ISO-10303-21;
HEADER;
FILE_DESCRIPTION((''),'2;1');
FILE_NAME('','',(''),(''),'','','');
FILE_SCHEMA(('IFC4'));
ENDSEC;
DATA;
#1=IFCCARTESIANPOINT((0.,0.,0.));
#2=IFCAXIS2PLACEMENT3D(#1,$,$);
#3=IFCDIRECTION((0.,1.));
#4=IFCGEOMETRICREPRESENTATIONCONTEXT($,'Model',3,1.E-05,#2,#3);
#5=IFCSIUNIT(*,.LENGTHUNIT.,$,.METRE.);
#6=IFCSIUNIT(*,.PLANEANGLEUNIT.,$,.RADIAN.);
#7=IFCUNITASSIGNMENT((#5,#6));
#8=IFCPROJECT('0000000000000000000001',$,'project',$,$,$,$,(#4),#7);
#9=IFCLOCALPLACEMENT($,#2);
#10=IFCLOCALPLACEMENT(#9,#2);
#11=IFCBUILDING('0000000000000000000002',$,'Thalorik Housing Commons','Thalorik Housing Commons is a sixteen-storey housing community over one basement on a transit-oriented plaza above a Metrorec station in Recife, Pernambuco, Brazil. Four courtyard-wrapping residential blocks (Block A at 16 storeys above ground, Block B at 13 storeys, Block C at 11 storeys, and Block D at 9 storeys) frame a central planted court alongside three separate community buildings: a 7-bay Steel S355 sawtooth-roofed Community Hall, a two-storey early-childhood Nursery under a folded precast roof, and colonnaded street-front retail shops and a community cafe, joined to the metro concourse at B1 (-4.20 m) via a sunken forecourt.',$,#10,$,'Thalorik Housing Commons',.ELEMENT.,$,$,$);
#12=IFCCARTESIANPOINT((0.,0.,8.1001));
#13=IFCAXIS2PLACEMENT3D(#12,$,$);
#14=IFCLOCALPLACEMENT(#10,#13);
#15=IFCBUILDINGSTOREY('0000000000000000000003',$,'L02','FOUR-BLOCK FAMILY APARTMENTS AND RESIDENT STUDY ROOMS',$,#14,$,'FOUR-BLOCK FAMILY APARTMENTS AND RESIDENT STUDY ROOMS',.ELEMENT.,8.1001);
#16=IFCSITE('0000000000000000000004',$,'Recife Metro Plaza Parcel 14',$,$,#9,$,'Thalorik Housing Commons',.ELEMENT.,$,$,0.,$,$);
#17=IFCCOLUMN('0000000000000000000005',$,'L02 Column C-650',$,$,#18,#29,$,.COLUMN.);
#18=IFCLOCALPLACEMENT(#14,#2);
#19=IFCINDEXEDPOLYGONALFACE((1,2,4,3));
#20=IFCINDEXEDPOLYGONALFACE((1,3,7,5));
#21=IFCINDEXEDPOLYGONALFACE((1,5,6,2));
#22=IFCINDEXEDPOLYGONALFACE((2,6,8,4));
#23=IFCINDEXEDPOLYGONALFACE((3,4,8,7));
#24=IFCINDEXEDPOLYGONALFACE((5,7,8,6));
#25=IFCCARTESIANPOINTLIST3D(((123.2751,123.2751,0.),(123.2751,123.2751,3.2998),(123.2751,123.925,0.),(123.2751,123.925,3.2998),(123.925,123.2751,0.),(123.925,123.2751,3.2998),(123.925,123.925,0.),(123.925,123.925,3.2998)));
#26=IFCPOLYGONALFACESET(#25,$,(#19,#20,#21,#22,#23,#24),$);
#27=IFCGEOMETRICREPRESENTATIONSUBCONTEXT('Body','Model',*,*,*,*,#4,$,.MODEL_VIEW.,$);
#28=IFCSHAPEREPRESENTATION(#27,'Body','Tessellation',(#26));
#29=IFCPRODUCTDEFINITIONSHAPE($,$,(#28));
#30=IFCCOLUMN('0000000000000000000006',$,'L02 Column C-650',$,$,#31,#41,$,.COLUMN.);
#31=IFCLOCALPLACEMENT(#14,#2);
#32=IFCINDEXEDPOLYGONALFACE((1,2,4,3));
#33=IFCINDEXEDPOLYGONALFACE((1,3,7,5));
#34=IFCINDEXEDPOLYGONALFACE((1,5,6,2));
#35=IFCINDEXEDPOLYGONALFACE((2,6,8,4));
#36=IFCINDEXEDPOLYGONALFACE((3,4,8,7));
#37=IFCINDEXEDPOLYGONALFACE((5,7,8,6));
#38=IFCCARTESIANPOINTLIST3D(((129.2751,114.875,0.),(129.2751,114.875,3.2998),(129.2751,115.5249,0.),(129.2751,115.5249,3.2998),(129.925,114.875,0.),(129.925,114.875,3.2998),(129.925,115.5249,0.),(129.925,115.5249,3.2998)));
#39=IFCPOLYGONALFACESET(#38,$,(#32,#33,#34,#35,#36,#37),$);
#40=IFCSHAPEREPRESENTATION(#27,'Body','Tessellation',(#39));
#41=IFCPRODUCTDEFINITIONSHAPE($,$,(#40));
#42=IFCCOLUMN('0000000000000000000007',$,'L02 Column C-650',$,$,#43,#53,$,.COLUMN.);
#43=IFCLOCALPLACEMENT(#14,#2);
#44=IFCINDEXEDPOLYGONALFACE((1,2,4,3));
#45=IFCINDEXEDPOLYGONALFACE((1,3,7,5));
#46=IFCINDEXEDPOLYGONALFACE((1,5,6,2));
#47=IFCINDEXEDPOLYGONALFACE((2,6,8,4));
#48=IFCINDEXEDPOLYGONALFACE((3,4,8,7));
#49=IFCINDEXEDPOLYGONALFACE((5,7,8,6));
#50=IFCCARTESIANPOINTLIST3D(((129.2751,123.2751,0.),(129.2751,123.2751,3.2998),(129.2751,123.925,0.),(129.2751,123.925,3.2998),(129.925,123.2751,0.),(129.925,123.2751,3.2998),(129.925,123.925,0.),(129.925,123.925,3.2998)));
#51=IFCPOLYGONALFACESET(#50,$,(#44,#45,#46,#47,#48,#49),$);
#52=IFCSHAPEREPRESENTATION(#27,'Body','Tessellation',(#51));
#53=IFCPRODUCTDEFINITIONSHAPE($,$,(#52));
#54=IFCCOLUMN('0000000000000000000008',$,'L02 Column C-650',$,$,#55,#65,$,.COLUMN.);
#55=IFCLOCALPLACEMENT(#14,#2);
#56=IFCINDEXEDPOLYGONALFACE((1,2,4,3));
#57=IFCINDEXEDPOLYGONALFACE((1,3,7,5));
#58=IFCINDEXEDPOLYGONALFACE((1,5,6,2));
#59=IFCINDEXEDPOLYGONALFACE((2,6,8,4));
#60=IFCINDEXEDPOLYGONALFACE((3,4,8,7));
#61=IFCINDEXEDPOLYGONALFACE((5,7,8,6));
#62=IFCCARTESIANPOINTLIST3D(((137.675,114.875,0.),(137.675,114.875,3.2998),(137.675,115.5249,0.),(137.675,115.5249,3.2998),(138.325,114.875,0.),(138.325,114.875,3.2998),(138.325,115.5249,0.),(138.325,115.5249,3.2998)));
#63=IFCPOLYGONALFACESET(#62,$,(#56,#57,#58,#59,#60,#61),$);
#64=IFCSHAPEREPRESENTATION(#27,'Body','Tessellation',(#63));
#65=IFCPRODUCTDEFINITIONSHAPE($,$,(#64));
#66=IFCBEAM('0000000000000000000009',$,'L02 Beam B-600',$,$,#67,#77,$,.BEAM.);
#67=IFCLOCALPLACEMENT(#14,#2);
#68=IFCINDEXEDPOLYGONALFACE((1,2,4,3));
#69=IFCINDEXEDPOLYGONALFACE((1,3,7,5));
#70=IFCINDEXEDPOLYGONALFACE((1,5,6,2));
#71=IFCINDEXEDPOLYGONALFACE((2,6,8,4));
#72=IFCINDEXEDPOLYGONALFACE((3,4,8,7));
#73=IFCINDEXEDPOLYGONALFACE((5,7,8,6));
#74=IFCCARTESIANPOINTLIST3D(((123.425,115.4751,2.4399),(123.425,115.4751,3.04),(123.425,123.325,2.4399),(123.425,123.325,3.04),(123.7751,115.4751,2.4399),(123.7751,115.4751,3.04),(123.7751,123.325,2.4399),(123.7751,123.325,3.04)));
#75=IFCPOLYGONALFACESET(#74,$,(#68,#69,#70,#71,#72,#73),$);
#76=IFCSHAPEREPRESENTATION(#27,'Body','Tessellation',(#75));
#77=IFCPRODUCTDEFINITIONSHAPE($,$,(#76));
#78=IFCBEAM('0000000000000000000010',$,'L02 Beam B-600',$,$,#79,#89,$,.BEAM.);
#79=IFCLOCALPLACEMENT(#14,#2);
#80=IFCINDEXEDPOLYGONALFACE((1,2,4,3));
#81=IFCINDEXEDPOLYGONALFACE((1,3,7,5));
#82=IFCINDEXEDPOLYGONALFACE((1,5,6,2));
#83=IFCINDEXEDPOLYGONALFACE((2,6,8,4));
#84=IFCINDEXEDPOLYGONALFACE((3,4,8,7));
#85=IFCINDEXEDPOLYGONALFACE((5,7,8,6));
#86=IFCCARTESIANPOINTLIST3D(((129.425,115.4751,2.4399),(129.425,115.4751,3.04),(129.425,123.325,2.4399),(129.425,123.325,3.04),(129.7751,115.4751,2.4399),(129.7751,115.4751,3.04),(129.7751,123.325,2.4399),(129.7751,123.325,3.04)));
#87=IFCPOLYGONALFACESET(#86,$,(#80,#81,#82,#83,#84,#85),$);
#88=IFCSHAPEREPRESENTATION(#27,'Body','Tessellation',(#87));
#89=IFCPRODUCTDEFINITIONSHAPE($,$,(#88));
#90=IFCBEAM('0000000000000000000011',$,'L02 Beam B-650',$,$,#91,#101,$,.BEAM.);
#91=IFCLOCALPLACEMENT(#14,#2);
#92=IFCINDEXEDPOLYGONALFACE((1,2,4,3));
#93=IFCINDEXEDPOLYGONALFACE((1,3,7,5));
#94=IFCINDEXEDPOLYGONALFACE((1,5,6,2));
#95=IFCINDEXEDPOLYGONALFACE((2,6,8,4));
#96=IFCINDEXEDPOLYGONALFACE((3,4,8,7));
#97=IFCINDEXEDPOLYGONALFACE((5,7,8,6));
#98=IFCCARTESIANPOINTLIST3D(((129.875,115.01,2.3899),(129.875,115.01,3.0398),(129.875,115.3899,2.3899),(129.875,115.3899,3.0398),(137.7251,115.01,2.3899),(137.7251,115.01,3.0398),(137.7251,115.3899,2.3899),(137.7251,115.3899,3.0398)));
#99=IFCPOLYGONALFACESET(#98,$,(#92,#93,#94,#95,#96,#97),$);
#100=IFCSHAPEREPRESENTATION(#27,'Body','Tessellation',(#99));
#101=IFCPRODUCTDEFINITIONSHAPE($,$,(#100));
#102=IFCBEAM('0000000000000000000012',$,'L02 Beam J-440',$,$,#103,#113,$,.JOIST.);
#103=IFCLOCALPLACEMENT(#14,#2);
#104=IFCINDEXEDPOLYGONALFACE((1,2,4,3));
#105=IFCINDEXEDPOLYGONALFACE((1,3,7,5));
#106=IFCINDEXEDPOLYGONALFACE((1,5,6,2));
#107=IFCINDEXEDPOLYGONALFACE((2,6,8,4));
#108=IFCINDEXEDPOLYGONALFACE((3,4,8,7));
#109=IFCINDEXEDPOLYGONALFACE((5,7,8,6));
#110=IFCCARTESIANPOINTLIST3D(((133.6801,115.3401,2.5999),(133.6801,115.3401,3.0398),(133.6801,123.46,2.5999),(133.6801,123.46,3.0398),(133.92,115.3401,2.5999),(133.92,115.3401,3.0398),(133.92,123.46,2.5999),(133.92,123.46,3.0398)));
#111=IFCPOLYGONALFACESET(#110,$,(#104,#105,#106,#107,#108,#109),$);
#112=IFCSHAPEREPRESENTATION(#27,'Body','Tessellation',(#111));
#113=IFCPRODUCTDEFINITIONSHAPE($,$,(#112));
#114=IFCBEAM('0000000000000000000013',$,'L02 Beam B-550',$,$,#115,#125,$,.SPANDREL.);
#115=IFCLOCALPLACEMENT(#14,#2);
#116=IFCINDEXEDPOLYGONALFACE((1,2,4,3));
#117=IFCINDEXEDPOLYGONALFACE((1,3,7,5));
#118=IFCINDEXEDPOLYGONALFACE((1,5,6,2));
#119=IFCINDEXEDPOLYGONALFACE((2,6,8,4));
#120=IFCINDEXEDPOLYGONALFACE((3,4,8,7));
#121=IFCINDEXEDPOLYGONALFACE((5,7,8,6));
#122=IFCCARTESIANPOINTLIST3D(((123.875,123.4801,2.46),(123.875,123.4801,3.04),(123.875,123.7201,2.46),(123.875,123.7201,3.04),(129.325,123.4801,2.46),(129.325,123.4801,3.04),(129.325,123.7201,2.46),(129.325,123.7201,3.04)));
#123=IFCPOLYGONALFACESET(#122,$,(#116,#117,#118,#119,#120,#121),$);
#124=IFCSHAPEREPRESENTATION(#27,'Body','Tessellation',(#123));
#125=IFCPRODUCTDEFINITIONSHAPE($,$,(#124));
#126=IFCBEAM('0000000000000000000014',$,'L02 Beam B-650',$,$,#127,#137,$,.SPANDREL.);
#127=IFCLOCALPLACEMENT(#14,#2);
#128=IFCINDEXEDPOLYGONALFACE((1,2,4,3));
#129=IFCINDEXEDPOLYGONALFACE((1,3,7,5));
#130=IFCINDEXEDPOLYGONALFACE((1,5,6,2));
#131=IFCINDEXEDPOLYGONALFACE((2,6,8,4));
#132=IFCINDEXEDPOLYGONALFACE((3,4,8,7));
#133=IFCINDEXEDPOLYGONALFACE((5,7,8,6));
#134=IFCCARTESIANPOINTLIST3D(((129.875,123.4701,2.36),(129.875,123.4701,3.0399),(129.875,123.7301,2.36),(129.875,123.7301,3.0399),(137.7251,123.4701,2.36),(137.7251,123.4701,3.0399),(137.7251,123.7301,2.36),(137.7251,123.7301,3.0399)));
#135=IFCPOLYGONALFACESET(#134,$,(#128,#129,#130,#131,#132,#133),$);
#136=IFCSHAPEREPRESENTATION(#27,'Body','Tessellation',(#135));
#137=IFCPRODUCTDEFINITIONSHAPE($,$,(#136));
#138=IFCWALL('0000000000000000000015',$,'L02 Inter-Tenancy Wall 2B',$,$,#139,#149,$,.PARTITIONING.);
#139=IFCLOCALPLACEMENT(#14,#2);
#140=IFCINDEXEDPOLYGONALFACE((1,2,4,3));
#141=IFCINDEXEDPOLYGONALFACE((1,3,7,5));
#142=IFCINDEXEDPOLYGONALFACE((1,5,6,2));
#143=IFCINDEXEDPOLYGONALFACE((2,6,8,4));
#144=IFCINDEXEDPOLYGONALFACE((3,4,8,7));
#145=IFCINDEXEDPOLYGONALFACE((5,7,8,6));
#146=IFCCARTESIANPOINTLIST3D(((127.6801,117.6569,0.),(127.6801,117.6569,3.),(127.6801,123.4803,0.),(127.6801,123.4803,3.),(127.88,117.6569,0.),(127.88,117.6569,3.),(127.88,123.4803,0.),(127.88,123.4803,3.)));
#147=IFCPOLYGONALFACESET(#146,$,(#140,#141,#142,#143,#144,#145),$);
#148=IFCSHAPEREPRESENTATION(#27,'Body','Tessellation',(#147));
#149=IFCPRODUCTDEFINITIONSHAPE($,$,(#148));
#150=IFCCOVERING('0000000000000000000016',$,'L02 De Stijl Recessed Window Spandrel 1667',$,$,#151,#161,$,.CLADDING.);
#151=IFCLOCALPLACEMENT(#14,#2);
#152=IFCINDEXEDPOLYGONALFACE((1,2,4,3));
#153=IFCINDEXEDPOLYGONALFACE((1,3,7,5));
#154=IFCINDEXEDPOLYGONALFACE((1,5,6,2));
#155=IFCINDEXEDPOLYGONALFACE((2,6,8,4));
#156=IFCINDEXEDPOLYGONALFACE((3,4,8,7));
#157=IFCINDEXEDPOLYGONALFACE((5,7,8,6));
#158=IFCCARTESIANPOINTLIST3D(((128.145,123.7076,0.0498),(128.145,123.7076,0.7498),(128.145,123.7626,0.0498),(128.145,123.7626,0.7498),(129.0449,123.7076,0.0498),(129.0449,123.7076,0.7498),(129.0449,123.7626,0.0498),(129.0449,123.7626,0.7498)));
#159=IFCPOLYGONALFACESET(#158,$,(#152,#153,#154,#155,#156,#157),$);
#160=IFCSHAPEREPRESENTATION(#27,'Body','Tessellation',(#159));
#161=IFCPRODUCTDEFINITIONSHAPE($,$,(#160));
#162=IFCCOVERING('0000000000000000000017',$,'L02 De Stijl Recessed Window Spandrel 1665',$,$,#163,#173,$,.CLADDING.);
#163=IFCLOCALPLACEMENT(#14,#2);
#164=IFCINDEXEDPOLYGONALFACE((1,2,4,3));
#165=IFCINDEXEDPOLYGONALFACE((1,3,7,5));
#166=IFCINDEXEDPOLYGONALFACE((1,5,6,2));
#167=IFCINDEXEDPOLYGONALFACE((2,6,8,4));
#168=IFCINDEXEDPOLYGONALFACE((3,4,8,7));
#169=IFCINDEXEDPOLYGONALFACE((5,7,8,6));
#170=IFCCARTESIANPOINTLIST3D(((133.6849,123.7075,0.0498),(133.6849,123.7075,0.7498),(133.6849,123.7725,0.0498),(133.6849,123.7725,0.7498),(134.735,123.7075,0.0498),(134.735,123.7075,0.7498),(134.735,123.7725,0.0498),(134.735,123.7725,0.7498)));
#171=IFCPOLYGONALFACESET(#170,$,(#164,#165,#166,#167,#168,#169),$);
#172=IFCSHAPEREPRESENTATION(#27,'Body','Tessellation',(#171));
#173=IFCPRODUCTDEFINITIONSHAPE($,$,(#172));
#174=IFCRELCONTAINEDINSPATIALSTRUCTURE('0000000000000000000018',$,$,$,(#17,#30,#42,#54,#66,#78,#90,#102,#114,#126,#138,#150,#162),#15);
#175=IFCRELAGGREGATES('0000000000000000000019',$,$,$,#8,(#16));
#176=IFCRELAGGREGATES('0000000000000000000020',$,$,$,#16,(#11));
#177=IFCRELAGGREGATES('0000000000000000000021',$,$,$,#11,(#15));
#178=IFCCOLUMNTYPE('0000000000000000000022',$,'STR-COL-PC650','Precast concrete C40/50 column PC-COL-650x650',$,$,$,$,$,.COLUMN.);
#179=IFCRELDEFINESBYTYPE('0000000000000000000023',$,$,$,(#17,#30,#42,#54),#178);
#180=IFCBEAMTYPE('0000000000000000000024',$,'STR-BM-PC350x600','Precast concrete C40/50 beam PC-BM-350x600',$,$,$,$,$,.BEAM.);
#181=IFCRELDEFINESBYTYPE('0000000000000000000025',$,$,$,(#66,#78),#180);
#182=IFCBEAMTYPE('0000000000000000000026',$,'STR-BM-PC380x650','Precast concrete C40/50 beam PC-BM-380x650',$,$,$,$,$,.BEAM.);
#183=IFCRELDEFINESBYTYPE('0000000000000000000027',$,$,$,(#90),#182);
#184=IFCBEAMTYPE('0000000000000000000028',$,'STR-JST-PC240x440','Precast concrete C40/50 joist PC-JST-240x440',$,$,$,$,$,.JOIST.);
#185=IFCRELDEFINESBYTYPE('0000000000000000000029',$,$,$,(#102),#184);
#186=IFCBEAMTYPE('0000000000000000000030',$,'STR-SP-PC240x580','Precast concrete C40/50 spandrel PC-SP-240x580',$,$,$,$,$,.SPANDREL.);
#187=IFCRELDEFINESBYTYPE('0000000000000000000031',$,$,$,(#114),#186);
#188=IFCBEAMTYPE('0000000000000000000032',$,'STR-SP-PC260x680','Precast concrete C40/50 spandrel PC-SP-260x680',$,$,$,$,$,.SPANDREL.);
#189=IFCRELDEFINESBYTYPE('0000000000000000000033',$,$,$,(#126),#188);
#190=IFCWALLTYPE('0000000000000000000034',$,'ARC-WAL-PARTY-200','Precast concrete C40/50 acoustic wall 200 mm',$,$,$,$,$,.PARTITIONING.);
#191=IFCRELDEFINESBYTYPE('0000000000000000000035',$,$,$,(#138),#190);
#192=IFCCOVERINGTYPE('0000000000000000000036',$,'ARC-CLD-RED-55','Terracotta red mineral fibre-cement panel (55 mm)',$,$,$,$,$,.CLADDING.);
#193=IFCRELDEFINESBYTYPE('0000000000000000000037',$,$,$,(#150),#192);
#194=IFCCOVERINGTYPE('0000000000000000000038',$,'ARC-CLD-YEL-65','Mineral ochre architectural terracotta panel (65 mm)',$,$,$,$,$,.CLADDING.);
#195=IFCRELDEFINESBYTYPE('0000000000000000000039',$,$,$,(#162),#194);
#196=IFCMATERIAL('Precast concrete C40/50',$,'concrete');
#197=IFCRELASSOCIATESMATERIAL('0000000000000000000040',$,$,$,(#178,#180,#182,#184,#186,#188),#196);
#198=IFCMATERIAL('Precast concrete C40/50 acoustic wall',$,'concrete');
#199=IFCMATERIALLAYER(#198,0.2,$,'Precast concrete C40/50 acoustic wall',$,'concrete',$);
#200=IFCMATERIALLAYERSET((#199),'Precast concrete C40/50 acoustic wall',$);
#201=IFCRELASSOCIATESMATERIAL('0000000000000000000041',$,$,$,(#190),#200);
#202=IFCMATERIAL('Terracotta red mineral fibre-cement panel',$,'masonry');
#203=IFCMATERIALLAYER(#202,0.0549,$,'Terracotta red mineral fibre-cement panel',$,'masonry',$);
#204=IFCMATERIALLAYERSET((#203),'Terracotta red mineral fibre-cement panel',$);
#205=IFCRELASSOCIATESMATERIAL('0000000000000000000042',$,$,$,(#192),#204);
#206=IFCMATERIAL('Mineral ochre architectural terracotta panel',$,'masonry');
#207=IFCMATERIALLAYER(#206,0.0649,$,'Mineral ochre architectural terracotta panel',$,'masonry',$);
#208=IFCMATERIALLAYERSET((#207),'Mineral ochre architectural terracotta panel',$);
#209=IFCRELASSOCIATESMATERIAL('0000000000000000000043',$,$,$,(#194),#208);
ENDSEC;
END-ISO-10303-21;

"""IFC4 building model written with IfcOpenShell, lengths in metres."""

from ifc_helpers import new_model, si_unit, direction, frame, frame_2d, origin, origin_2d, place, context, subcontext, project, spatial, rectangle, extrude, material, layer, layer_set, material_profile, profile_set, type_object, element, save


model = new_model("IFC4")

# Units and contexts
model_context = context("Model", 3, precision=1e-05, world=origin(), true_north=direction((0.0, 1.0)))
body_context = subcontext(model_context, "Body", "Model", "MODEL_VIEW")
ifc_project = project(units=[si_unit("LENGTHUNIT", "METRE"), si_unit("PLANEANGLEUNIT", "RADIAN")], contexts=[model_context])

# Site, building, storey
site_placement = place(None, origin())
site = spatial("IfcSite", under=ifc_project, at=site_placement, Name="Recife Metro Plaza Parcel 14", LongName="Thalorik Housing Commons", CompositionType="ELEMENT", RefElevation=0.0)
building_placement = place(site_placement, origin())
building = spatial("IfcBuilding", under=site, at=building_placement, Name="Thalorik Housing Commons", Description="Thalorik Housing Commons is a sixteen-storey housing community over one basement on a transit-oriented plaza above a Metrorec station in Recife, Pernambuco, Brazil. Four courtyard-wrapping residential blocks (Block A at 16 storeys above ground, Block B at 13 storeys, Block C at 11 storeys, and Block D at 9 storeys) frame a central planted court alongside three separate community buildings: a 7-bay Steel S355 sawtooth-roofed Community Hall, a two-storey early-childhood Nursery under a folded precast roof, and colonnaded street-front retail shops and a community cafe, joined to the metro concourse at B1 (-4.20 m) via a sunken forecourt.", LongName="Thalorik Housing Commons", CompositionType="ELEMENT")
storey_placement = place(building_placement, frame((0.0, 0.0, 8.1001)))
storey = spatial("IfcBuildingStorey", under=building, at=storey_placement, Name="L02", Description="FOUR-BLOCK FAMILY APARTMENTS AND RESIDENT STUDY ROOMS", LongName="FOUR-BLOCK FAMILY APARTMENTS AND RESIDENT STUDY ROOMS", CompositionType="ELEMENT", Elevation=8.1001)

# Columns
ifc_material_1 = material(Name="Precast concrete C40/50", Category="concrete")
ifc_material_profile_1 = material_profile(ifc_material_1, rectangle(XDim=0.6499, YDim=0.6499, at=origin_2d()), Name="PC 650x650", Category="concrete")
ifc_profile_set_1 = profile_set([ifc_material_profile_1], Name="Precast concrete C40/50")
column_type = type_object("IfcColumnType", Name="STR-COL-PC650", Description="Precast concrete C40/50 column PC-COL-650x650", PredefinedType="COLUMN", material=ifc_profile_set_1)
for number, where, z_axis, x_axis, name in (
    (1, (123.6001, 123.6001, 0.0), (0.0, 0.0, 1.0), (1.0, 0.0, 0.0), "L02 Column C-650"),
    (2, (129.6001, 115.2, 0.0), (0.0, 0.0, 1.0), (1.0, 0.0, 0.0), "L02 Column C-650"),
    (3, (129.6001, 123.6001, 0.0), (0.0, 0.0, 1.0), (1.0, 0.0, 0.0), "L02 Column C-650"),
    (4, (138.0, 115.2, 0.0), (0.0, 0.0, 1.0), (1.0, 0.0, 0.0), "L02 Column C-650"),
):
    element("IfcColumn", number, at=place(storey_placement, frame(where, z_axis=z_axis, x_axis=x_axis)), inside=storey, type_object=column_type, Name=name, PredefinedType="COLUMN", context=body_context, shape_type="SweptSolid", body=[
        extrude(rectangle(XDim=0.6499, YDim=0.6499, at=origin_2d()), origin(), (0.0, 0.0, 1.0), 3.2998),
    ])

# Beams
ifc_material_profile_2 = material_profile(ifc_material_1, rectangle(XDim=0.3501, YDim=0.6001, at=origin_2d()), Name="PC 350x600", Category="concrete")
ifc_profile_set_2 = profile_set([ifc_material_profile_2], Name="Precast concrete C40/50")
beam_type_1 = type_object("IfcBeamType", Name="STR-BM-PC350x600", Description="Precast concrete C40/50 beam PC-BM-350x600", PredefinedType="BEAM", material=ifc_profile_set_2)
for number, where, z_axis, x_axis, name in (
    (5, (123.6001, 115.4751, 2.74), (0.0, 1.0, 0.0), (-1.0, 0.0, 0.0), "L02 Beam B-600"),
    (6, (129.6001, 115.4751, 2.74), (0.0, 1.0, 0.0), (-1.0, 0.0, 0.0), "L02 Beam B-600"),
):
    element("IfcBeam", number, at=place(storey_placement, frame(where, z_axis=z_axis, x_axis=x_axis)), inside=storey, type_object=beam_type_1, Name=name, PredefinedType="BEAM", context=body_context, shape_type="SweptSolid", body=[
        extrude(rectangle(XDim=0.3501, YDim=0.6001, at=origin_2d()), origin(), (0.0, 0.0, 1.0), 7.8499),
    ])
ifc_material_profile_3 = material_profile(ifc_material_1, rectangle(XDim=0.3799, YDim=0.6499, at=origin_2d()), Name="PC 380x650", Category="concrete")
ifc_profile_set_3 = profile_set([ifc_material_profile_3], Name="Precast concrete C40/50")
beam_type_2 = type_object("IfcBeamType", Name="STR-BM-PC380x650", Description="Precast concrete C40/50 beam PC-BM-380x650", PredefinedType="BEAM", material=ifc_profile_set_3)
beam_1_placement = place(storey_placement, frame((129.875, 115.2, 2.7148), z_axis=(1.0, 0.0, 0.0), x_axis=(0.0, 1.0, 0.0)))
element("IfcBeam", 7, at=beam_1_placement, inside=storey, type_object=beam_type_2, Name="L02 Beam B-650", PredefinedType="BEAM", context=body_context, shape_type="SweptSolid", body=[
    extrude(rectangle(XDim=0.3799, YDim=0.6499, at=origin_2d()), origin(), (0.0, 0.0, 1.0), 7.8501),
])
ifc_material_profile_4 = material_profile(ifc_material_1, rectangle(XDim=0.24, YDim=0.4399, at=origin_2d()), Name="PC JST 240x440", Category="concrete")
ifc_profile_set_4 = profile_set([ifc_material_profile_4], Name="Precast concrete C40/50")
beam_type_3 = type_object("IfcBeamType", Name="STR-JST-PC240x440", Description="Precast concrete C40/50 joist PC-JST-240x440", PredefinedType="JOIST", material=ifc_profile_set_4)
beam_2_placement = place(storey_placement, frame((133.8, 115.3401, 2.8198), z_axis=(0.0, 1.0, 0.0), x_axis=(-1.0, 0.0, 0.0)))
element("IfcBeam", 8, at=beam_2_placement, inside=storey, type_object=beam_type_3, Name="L02 Beam J-440", PredefinedType="JOIST", context=body_context, shape_type="SweptSolid", body=[
    extrude(rectangle(XDim=0.24, YDim=0.4399, at=origin_2d()), origin(), (0.0, 0.0, 1.0), 8.1199),
])
ifc_material_profile_5 = material_profile(ifc_material_1, rectangle(XDim=0.24, YDim=0.5801, at=origin_2d()), Name="PC SP 240x580", Category="concrete")
ifc_profile_set_5 = profile_set([ifc_material_profile_5], Name="Precast concrete C40/50")
beam_type_4 = type_object("IfcBeamType", Name="STR-SP-PC240x580", Description="Precast concrete C40/50 spandrel PC-SP-240x580", PredefinedType="SPANDREL", material=ifc_profile_set_5)
beam_3_placement = place(storey_placement, frame((123.875, 123.6001, 2.75), z_axis=(1.0, 0.0, 0.0), x_axis=(0.0, 1.0, 0.0)))
element("IfcBeam", 9, at=beam_3_placement, inside=storey, type_object=beam_type_4, Name="L02 Beam B-550", PredefinedType="SPANDREL", context=body_context, shape_type="SweptSolid", body=[
    extrude(rectangle(XDim=0.24, YDim=0.5801, at=origin_2d()), origin(), (0.0, 0.0, 1.0), 5.45),
])
ifc_material_profile_6 = material_profile(ifc_material_1, rectangle(XDim=0.26, YDim=0.6799, at=origin_2d()), Name="PC SP 260x680", Category="concrete")
ifc_profile_set_6 = profile_set([ifc_material_profile_6], Name="Precast concrete C40/50")
beam_type_5 = type_object("IfcBeamType", Name="STR-SP-PC260x680", Description="Precast concrete C40/50 spandrel PC-SP-260x680", PredefinedType="SPANDREL", material=ifc_profile_set_6)
beam_4_placement = place(storey_placement, frame((129.875, 123.6001, 2.7), z_axis=(1.0, 0.0, 0.0), x_axis=(0.0, 1.0, 0.0)))
element("IfcBeam", 10, at=beam_4_placement, inside=storey, type_object=beam_type_5, Name="L02 Beam B-650", PredefinedType="SPANDREL", context=body_context, shape_type="SweptSolid", body=[
    extrude(rectangle(XDim=0.26, YDim=0.6799, at=origin_2d()), origin(), (0.0, 0.0, 1.0), 7.8501),
])

# Wall
ifc_material_2 = material(Name="Precast concrete C40/50 acoustic wall", Category="concrete")
ifc_layer_1 = layer(ifc_material_2, 0.2, Name="Precast concrete C40/50 acoustic wall", Category="concrete")
ifc_layer_set_1 = layer_set([ifc_layer_1], Name="Precast concrete C40/50 acoustic wall")
wall_type_1 = type_object("IfcWallType", Name="ARC-WAL-PARTY-200", Description="Precast concrete C40/50 acoustic wall 200 mm", PredefinedType="PARTITIONING", material=ifc_layer_set_1)
wall_1_placement = place(storey_placement, frame((127.78, 117.657, 0.0), z_axis=(0.0, 0.0, 1.0), x_axis=(0.0, 1.0, 0.0)))
element("IfcWall", 11, at=wall_1_placement, inside=storey, type_object=wall_type_1, Name="L02 Inter-Tenancy Wall 2B", PredefinedType="PARTITIONING", context=body_context, shape_type="SweptSolid", body=[
    extrude(rectangle(XDim=5.8235, YDim=0.2, at=frame_2d((2.9116, 0.0))), origin(), (0.0, 0.0, 1.0), 3.0),
])

# Coverings
ifc_material_3 = material(Name="Terracotta red mineral fibre-cement panel", Category="masonry")
ifc_layer_2 = layer(ifc_material_3, 0.0549, Name="Terracotta red mineral fibre-cement panel", Category="masonry")
ifc_layer_set_2 = layer_set([ifc_layer_2], Name="Terracotta red mineral fibre-cement panel")
covering_type_1 = type_object("IfcCoveringType", Name="ARC-CLD-RED-55", Description="Terracotta red mineral fibre-cement panel (55 mm)", PredefinedType="CLADDING", material=ifc_layer_set_2)
covering_1_placement = place(storey_placement, frame((128.595, 123.7351, 0.0498), z_axis=(0.0, 0.0, 1.0), x_axis=(-1.0, 0.0, 0.0)))
element("IfcCovering", 12, at=covering_1_placement, inside=storey, type_object=covering_type_1, Name="L02 De Stijl Recessed Window Spandrel 1667", PredefinedType="CLADDING", context=body_context, shape_type="SweptSolid", body=[
    extrude(rectangle(XDim=0.8999, YDim=0.0549, at=origin_2d()), origin(), (0.0, 0.0, 1.0), 0.7),
])
ifc_material_4 = material(Name="Mineral ochre architectural terracotta panel", Category="masonry")
ifc_layer_3 = layer(ifc_material_4, 0.0649, Name="Mineral ochre architectural terracotta panel", Category="masonry")
ifc_layer_set_3 = layer_set([ifc_layer_3], Name="Mineral ochre architectural terracotta panel")
covering_type_2 = type_object("IfcCoveringType", Name="ARC-CLD-YEL-65", Description="Mineral ochre architectural terracotta panel (65 mm)", PredefinedType="CLADDING", material=ifc_layer_set_3)
covering_2_placement = place(storey_placement, frame((134.21, 123.74, 0.0498), z_axis=(0.0, 0.0, 1.0), x_axis=(-1.0, 0.0, 0.0)))
element("IfcCovering", 13, at=covering_2_placement, inside=storey, type_object=covering_type_2, Name="L02 De Stijl Recessed Window Spandrel 1665", PredefinedType="CLADDING", context=body_context, shape_type="SweptSolid", body=[
    extrude(rectangle(XDim=1.05, YDim=0.0649, at=origin_2d()), origin(), (0.0, 0.0, 1.0), 0.7),
])

save(model, "model.ifc")
